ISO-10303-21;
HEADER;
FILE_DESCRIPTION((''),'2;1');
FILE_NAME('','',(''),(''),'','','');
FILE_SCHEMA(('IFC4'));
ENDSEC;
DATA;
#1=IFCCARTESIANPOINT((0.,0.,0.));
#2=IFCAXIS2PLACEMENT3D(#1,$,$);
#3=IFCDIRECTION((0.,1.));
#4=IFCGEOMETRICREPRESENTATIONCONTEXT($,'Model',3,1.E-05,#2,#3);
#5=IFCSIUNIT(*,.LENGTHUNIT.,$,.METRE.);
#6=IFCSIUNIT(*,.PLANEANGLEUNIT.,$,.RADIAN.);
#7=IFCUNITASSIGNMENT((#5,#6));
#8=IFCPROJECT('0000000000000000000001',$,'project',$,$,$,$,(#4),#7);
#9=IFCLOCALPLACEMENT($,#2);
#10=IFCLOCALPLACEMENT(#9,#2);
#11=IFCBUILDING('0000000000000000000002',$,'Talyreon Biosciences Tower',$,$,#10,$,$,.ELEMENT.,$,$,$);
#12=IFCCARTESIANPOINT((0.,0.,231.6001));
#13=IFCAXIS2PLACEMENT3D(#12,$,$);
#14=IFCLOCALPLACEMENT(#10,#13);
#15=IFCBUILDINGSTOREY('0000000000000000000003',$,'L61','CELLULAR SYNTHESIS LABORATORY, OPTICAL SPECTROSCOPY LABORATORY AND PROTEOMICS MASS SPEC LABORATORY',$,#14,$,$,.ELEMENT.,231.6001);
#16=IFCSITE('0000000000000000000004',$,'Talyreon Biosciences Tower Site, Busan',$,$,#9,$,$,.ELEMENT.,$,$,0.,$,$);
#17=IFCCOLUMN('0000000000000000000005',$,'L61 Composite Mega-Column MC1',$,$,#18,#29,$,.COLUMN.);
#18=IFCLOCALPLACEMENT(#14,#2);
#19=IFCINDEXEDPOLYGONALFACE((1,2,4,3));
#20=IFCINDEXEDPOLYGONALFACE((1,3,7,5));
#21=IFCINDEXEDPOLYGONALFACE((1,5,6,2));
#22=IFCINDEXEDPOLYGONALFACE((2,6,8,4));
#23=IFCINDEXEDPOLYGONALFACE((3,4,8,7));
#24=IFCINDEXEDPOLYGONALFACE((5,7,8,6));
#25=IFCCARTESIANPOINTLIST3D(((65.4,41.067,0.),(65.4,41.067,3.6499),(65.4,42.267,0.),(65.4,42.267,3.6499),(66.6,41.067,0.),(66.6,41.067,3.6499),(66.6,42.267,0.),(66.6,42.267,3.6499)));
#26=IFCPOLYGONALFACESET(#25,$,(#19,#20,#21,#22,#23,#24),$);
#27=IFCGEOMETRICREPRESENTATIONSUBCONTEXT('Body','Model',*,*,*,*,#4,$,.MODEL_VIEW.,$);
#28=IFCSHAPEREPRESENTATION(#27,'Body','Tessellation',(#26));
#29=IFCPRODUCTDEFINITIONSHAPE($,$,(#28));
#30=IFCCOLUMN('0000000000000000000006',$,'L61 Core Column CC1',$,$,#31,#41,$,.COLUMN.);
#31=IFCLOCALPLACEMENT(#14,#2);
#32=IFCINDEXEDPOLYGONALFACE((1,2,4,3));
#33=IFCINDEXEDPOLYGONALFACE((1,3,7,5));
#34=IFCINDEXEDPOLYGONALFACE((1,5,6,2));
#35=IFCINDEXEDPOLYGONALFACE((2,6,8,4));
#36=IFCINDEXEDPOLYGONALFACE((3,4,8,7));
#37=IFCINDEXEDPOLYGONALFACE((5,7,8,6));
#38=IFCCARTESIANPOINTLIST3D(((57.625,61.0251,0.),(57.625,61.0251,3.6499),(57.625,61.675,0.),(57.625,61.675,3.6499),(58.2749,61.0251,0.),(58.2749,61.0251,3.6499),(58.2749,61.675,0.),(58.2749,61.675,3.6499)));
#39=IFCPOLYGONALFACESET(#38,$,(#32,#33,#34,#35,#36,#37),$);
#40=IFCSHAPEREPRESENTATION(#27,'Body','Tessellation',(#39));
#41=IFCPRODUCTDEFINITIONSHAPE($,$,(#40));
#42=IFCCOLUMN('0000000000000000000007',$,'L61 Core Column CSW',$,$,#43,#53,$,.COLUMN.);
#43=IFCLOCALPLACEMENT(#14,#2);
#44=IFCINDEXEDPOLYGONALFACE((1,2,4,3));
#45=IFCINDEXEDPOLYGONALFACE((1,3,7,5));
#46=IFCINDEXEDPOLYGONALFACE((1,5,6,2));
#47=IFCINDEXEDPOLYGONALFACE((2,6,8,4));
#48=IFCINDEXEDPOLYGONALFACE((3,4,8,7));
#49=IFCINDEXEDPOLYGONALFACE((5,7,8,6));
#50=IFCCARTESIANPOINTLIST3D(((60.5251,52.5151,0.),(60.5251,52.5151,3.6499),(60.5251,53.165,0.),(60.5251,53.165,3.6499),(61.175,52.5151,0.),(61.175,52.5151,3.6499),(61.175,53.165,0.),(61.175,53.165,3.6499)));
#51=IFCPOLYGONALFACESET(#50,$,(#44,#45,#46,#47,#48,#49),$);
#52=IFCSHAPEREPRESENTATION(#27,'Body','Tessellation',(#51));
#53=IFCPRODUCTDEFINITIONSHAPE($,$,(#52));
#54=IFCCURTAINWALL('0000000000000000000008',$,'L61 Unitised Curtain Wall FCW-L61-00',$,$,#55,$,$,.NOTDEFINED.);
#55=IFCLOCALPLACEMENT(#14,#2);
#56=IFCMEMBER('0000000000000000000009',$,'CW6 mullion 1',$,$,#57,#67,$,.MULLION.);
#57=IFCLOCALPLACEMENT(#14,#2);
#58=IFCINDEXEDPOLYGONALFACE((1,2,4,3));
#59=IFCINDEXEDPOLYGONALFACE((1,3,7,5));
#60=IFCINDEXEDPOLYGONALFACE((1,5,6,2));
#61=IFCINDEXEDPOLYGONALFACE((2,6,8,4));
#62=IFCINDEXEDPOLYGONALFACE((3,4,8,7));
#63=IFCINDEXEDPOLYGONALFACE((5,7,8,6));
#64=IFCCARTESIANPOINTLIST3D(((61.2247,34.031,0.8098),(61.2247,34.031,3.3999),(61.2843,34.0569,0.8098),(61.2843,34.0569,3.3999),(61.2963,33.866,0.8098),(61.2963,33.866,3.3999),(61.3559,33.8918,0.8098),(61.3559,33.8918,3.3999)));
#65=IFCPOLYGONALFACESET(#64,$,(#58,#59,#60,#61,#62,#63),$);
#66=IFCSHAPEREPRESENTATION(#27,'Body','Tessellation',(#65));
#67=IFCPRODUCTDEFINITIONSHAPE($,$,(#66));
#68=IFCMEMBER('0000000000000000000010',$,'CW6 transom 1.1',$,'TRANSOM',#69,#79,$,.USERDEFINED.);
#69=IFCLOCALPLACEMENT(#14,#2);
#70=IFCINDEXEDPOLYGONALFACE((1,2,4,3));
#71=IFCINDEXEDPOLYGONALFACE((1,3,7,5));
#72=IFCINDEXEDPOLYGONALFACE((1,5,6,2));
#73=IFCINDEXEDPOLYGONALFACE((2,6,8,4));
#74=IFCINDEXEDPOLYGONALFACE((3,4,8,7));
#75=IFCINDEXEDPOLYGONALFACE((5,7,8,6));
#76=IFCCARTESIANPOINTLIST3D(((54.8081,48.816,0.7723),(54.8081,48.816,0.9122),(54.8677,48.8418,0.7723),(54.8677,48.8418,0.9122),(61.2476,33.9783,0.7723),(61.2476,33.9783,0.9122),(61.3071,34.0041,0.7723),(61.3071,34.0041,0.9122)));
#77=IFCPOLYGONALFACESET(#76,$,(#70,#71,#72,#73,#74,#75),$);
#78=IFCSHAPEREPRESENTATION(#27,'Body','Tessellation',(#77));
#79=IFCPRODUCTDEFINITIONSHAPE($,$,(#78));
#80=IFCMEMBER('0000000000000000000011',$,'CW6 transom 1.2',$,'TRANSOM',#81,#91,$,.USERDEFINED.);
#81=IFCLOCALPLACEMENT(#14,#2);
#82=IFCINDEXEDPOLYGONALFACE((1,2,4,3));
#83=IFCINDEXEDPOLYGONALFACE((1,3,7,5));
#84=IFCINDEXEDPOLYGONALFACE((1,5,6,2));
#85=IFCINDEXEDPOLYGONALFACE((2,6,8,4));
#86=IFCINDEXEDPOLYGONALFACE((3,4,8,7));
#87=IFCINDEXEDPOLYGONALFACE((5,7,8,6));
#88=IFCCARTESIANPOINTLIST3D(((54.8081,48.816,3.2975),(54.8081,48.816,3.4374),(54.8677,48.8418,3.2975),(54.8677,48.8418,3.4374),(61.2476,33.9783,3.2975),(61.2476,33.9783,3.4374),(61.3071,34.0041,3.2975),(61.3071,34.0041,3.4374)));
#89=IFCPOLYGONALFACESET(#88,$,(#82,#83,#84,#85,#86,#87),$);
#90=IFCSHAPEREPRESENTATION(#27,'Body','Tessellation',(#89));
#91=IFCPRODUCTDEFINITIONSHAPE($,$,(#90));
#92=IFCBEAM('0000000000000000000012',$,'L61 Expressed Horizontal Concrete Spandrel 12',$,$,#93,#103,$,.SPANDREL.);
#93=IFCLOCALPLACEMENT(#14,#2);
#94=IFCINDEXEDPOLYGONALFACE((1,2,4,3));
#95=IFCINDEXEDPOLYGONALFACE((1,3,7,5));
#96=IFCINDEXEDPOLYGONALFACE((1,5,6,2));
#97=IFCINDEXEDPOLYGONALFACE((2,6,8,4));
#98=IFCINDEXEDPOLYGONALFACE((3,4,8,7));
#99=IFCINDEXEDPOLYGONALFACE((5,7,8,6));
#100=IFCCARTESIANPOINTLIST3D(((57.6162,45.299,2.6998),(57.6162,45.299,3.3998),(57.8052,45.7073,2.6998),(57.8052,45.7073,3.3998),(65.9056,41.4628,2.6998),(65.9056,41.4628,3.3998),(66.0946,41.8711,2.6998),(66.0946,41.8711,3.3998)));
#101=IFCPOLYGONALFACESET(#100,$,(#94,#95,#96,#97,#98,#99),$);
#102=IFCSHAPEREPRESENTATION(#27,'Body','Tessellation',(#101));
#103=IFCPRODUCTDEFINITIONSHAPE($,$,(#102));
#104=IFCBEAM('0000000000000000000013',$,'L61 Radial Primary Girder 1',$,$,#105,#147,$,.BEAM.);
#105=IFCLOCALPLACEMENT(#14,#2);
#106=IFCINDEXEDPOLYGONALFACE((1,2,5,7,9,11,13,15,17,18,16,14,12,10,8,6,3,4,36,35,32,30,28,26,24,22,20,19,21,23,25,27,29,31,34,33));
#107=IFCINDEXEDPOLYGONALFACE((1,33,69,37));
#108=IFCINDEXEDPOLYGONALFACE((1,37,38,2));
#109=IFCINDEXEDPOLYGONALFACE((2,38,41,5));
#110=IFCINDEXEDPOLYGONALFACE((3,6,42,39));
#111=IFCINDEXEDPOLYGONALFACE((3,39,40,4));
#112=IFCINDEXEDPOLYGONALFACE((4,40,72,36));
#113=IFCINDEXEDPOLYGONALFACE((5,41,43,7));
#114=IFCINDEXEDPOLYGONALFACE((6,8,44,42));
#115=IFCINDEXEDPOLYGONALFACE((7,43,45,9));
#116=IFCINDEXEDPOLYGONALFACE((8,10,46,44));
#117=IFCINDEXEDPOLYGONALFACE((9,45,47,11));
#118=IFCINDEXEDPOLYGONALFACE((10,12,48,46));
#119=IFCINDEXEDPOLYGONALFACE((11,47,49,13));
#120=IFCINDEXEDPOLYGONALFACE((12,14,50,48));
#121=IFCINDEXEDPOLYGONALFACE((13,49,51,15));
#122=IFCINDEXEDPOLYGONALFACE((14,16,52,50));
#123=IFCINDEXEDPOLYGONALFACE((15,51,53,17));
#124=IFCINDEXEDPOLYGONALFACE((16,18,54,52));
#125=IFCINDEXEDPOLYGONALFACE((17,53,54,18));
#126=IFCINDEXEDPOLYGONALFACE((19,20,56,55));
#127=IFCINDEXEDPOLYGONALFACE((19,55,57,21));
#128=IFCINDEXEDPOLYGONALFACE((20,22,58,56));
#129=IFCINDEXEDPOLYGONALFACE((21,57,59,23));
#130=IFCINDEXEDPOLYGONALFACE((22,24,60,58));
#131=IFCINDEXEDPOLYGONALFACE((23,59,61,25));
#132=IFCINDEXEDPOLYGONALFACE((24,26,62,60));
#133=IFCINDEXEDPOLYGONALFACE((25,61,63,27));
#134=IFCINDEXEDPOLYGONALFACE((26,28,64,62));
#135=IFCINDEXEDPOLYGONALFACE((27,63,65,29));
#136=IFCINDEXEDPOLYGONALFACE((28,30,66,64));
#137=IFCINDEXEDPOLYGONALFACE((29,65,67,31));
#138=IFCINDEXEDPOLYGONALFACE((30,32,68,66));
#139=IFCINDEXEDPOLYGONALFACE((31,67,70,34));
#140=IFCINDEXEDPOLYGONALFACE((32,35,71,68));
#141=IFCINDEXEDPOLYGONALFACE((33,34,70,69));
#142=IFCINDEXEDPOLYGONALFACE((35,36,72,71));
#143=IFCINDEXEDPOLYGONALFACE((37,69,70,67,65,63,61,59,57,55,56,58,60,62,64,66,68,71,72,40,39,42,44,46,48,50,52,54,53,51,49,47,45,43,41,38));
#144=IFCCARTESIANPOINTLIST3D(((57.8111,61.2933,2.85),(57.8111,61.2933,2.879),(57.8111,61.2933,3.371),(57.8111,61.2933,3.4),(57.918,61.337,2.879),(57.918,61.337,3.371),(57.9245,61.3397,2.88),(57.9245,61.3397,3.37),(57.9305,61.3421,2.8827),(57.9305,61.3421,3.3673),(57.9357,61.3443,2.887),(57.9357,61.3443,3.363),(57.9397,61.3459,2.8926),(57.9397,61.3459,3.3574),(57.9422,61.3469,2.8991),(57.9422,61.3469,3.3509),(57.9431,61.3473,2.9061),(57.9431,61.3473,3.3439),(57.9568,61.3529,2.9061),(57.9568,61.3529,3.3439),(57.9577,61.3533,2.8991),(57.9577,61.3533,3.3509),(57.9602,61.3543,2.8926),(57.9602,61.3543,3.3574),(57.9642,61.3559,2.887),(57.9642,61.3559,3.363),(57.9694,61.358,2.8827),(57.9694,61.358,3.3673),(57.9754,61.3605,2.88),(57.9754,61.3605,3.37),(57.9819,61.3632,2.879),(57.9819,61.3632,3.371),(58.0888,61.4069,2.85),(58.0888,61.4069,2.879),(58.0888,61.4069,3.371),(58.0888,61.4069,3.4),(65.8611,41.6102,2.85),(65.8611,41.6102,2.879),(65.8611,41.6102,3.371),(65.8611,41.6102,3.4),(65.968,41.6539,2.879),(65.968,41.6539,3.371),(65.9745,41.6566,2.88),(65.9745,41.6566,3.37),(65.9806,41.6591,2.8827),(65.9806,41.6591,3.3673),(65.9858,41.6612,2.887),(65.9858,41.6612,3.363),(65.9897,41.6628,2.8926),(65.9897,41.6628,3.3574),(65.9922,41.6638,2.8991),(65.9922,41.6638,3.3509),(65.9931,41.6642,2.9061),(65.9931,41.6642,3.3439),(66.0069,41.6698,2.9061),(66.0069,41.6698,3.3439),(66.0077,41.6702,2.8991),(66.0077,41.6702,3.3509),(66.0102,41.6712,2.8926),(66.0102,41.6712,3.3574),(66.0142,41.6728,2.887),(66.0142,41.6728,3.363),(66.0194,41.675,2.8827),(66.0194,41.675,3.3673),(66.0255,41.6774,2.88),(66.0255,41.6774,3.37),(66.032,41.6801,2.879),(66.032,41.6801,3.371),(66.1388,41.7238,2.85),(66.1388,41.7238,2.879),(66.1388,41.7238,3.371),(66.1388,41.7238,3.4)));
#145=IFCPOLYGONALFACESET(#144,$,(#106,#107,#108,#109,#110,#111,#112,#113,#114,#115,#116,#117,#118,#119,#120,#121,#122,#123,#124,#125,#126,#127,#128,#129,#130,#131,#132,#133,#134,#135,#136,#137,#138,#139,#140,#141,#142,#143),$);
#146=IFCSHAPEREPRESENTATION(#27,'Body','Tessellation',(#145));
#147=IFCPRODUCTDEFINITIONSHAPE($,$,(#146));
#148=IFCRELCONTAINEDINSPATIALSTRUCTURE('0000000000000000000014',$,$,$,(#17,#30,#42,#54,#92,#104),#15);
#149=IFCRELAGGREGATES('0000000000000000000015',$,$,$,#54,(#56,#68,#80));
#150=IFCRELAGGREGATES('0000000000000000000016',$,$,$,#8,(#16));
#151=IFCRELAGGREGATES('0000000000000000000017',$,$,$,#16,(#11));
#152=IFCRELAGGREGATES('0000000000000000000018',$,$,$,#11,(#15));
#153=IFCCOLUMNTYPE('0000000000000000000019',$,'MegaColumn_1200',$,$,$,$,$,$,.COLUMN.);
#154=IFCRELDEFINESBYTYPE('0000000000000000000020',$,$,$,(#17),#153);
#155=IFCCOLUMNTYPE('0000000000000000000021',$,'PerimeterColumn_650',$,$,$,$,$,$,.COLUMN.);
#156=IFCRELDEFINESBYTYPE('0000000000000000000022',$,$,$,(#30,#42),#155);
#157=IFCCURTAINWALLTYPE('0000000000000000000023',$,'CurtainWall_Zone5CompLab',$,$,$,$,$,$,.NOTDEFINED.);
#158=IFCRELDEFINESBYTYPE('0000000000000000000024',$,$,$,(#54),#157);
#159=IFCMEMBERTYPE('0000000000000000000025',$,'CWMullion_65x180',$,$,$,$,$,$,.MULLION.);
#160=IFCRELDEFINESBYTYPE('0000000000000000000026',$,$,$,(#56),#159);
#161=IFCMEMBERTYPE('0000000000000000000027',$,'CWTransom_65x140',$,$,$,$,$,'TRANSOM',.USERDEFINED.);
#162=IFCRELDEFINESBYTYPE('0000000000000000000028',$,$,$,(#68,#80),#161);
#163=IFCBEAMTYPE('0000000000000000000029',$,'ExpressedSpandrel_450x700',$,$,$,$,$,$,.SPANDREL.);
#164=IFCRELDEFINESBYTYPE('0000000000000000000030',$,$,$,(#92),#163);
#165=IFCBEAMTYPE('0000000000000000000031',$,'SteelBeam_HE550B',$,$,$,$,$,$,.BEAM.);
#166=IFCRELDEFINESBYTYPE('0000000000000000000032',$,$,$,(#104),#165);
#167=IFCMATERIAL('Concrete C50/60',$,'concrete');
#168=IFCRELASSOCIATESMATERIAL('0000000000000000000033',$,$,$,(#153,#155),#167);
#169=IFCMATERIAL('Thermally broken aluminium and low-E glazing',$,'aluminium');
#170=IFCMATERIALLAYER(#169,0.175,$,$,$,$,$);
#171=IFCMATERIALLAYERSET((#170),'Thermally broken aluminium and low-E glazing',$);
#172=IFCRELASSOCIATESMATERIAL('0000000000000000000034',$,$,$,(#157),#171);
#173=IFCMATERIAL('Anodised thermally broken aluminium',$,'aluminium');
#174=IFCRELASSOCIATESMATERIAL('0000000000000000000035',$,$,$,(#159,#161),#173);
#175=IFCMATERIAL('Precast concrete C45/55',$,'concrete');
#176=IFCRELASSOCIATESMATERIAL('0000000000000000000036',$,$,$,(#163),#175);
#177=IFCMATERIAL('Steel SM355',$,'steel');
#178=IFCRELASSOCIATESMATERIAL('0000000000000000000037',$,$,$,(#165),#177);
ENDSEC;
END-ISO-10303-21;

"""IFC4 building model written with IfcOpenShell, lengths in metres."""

from ifc_helpers import new_model, si_unit, direction, frame, origin, origin_2d, place, context, subcontext, project, spatial, rectangle, i_section, extrude, material, layer, layer_set, material_profile, profile_set, type_object, element, aggregate, save


model = new_model("IFC4")

# Units and contexts
model_context = context("Model", 3, precision=1e-05, world=origin(), true_north=direction((0.0, 1.0)))
body_context = subcontext(model_context, "Body", "Model", "MODEL_VIEW")
ifc_project = project(units=[si_unit("LENGTHUNIT", "METRE"), si_unit("PLANEANGLEUNIT", "RADIAN")], contexts=[model_context])

# Site, building, storey
site_placement = place(None, origin())
site = spatial("IfcSite", under=ifc_project, at=site_placement, Name="Talyreon Biosciences Tower Site, Busan", CompositionType="ELEMENT", RefElevation=0.0)
building_placement = place(site_placement, origin())
building = spatial("IfcBuilding", under=site, at=building_placement, Name="Talyreon Biosciences Tower", CompositionType="ELEMENT")
storey_placement = place(building_placement, frame((0.0, 0.0, 231.6001)))
storey = spatial("IfcBuildingStorey", under=building, at=storey_placement, Name="L61", Description="CELLULAR SYNTHESIS LABORATORY, OPTICAL SPECTROSCOPY LABORATORY AND PROTEOMICS MASS SPEC LABORATORY", CompositionType="ELEMENT", Elevation=231.6001)

# Columns
ifc_material_1 = material(Name="Concrete C50/60", Category="concrete")
ifc_material_profile_1 = material_profile(ifc_material_1, rectangle(XDim=1.2, YDim=1.2, at=origin_2d()), Name="RC 1200x1200")
ifc_profile_set_1 = profile_set([ifc_material_profile_1], Name="Concrete C50/60")
column_type_1 = type_object("IfcColumnType", Name="MegaColumn_1200", PredefinedType="COLUMN", material=ifc_profile_set_1)
column_placement = place(storey_placement, frame((66.0, 41.667, 0.0), z_axis=(0.0, 0.0, 1.0), x_axis=(1.0, 0.0, 0.0)))
element("IfcColumn", 1, at=column_placement, inside=storey, type_object=column_type_1, Name="L61 Composite Mega-Column MC1", PredefinedType="COLUMN", context=body_context, shape_type="SweptSolid", body=[
    extrude(rectangle(XDim=1.2, YDim=1.2, at=origin_2d()), origin(), (0.0, 0.0, 1.0), 3.6499),
])
ifc_material_profile_2 = material_profile(ifc_material_1, rectangle(XDim=0.6499, YDim=0.6499, at=origin_2d()), Name="RC 650x650")
ifc_profile_set_2 = profile_set([ifc_material_profile_2], Name="Concrete C50/60")
column_type_2 = type_object("IfcColumnType", Name="PerimeterColumn_650", PredefinedType="COLUMN", material=ifc_profile_set_2)
for number, where, z_axis, x_axis, name in (
    (2, (57.95, 61.3501, 0.0), (0.0, 0.0, 1.0), (1.0, 0.0, 0.0), "L61 Core Column CC1"),
    (3, (60.8501, 52.8401, 0.0), (0.0, 0.0, 1.0), (1.0, 0.0, 0.0), "L61 Core Column CSW"),
):
    element("IfcColumn", number, at=place(storey_placement, frame(where, z_axis=z_axis, x_axis=x_axis)), inside=storey, type_object=column_type_2, Name=name, PredefinedType="COLUMN", context=body_context, shape_type="SweptSolid", body=[
        extrude(rectangle(XDim=0.6499, YDim=0.6499, at=origin_2d()), origin(), (0.0, 0.0, 1.0), 3.6499),
    ])

# Curtain wall, members
ifc_material_2 = material(Name="Thermally broken aluminium and low-E glazing", Category="aluminium")
ifc_layer_1 = layer(ifc_material_2, 0.175)
ifc_layer_set_1 = layer_set([ifc_layer_1], Name="Thermally broken aluminium and low-E glazing")
curtain_wall_type = type_object("IfcCurtainWallType", Name="CurtainWall_Zone5CompLab", PredefinedType="NOTDEFINED", material=ifc_layer_set_1)
curtain_wall_placement = place(storey_placement, origin())
curtain_wall = element("IfcCurtainWall", 4, at=curtain_wall_placement, inside=storey, type_object=curtain_wall_type, Name="L61 Unitised Curtain Wall FCW-L61-00", PredefinedType="NOTDEFINED")
ifc_material_3 = material(Name="Anodised thermally broken aluminium", Category="aluminium")
ifc_material_profile_3 = material_profile(ifc_material_3, rectangle(XDim=0.0649, YDim=0.1799, at=origin_2d()), Name="ALUM MULLION 65x180")
ifc_profile_set_3 = profile_set([ifc_material_profile_3], Name="Anodised thermally broken aluminium")
member_type_1 = type_object("IfcMemberType", Name="CWMullion_65x180", PredefinedType="MULLION", material=ifc_profile_set_3)
member_1_placement = place(storey_placement, frame((61.2903, 33.9614, 0.8098), z_axis=(0.0, 0.0, 1.0), x_axis=(-0.917337, -0.398112, 0.0)))
member_1 = element("IfcMember", 5, at=member_1_placement, type_object=member_type_1, Name="CW6 mullion 1", PredefinedType="MULLION", context=body_context, shape_type="SweptSolid", body=[
    extrude(rectangle(XDim=0.0649, YDim=0.1799, at=origin_2d()), origin(), (0.0, 0.0, 1.0), 2.5901),
])
ifc_material_profile_4 = material_profile(ifc_material_3, rectangle(XDim=0.0649, YDim=0.1399, at=origin_2d()), Name="ALUM TRANSOM 65x140")
ifc_profile_set_4 = profile_set([ifc_material_profile_4], Name="Anodised thermally broken aluminium")
member_type_2 = type_object("IfcMemberType", Name="CWTransom_65x140", ElementType="TRANSOM", PredefinedType="USERDEFINED", material=ifc_profile_set_4)
member_2_placement = place(storey_placement, frame((61.2773, 33.9912, 0.8423), z_axis=(-0.398118, 0.917334, 0.0), x_axis=(-0.917334, -0.398118, 0.0)))
member_2 = element("IfcMember", 6, at=member_2_placement, type_object=member_type_2, Name="CW6 transom 1.1", ObjectType="TRANSOM", PredefinedType="USERDEFINED", context=body_context, shape_type="SweptSolid", body=[
    extrude(rectangle(XDim=0.0649, YDim=0.1399, at=origin_2d()), origin(), (0.0, 0.0, 1.0), 16.1748),
])
member_3_placement = place(storey_placement, frame((61.2773, 33.9912, 3.3674), z_axis=(-0.398118, 0.917334, 0.0), x_axis=(-0.917334, -0.398118, 0.0)))
member_3 = element("IfcMember", 7, at=member_3_placement, type_object=member_type_2, Name="CW6 transom 1.2", ObjectType="TRANSOM", PredefinedType="USERDEFINED", context=body_context, shape_type="SweptSolid", body=[
    extrude(rectangle(XDim=0.0649, YDim=0.1399, at=origin_2d()), origin(), (0.0, 0.0, 1.0), 16.1748),
])

# Beams
ifc_material_4 = material(Name="Precast concrete C45/55", Category="concrete")
ifc_material_profile_5 = material_profile(ifc_material_4, rectangle(XDim=0.45, YDim=0.7, at=origin_2d()), Name="RCB 450x700")
ifc_profile_set_5 = profile_set([ifc_material_profile_5], Name="Precast concrete C45/55")
beam_type_1 = type_object("IfcBeamType", Name="ExpressedSpandrel_450x700", PredefinedType="SPANDREL", material=ifc_profile_set_5)
beam_1_placement = place(storey_placement, frame((57.7107, 45.5032, 3.0498), z_axis=(0.907528, -0.419992, 0.0), x_axis=(0.419992, 0.907528, 0.0)))
element("IfcBeam", 8, at=beam_1_placement, inside=storey, type_object=beam_type_1, Name="L61 Expressed Horizontal Concrete Spandrel 12", PredefinedType="SPANDREL", context=body_context, shape_type="SweptSolid", body=[
    extrude(rectangle(XDim=0.45, YDim=0.7, at=origin_2d()), origin(), (0.0, 0.0, 1.0), 9.134),
])
ifc_material_5 = material(Name="Steel SM355", Category="steel")
ifc_material_profile_6 = material_profile(ifc_material_5, i_section(OverallWidth=0.3, OverallDepth=0.55, WebThickness=0.0149, FlangeThickness=0.0291, FilletRadius=0.0271, at=origin_2d()), Name="HE550B")
ifc_profile_set_6 = profile_set([ifc_material_profile_6], Name="Steel SM355")
beam_type_2 = type_object("IfcBeamType", Name="SteelBeam_HE550B", PredefinedType="BEAM", material=ifc_profile_set_6)
beam_2_placement = place(storey_placement, frame((57.95, 61.3501, 3.125), z_axis=(0.378547, -0.925582, 0.0), x_axis=(0.925582, 0.378547, 0.0)))
element("IfcBeam", 9, at=beam_2_placement, inside=storey, type_object=beam_type_2, Name="L61 Radial Primary Girder 1", PredefinedType="BEAM", context=body_context, shape_type="SweptSolid", body=[
    extrude(i_section(OverallWidth=0.3, OverallDepth=0.55, WebThickness=0.0149, FlangeThickness=0.0291, FilletRadius=0.0271, at=origin_2d()), origin(), (0.0, 0.0, 1.0), 21.2656),
])

aggregate(curtain_wall, [member_1, member_2, member_3])

save(model, "model.ifc")
